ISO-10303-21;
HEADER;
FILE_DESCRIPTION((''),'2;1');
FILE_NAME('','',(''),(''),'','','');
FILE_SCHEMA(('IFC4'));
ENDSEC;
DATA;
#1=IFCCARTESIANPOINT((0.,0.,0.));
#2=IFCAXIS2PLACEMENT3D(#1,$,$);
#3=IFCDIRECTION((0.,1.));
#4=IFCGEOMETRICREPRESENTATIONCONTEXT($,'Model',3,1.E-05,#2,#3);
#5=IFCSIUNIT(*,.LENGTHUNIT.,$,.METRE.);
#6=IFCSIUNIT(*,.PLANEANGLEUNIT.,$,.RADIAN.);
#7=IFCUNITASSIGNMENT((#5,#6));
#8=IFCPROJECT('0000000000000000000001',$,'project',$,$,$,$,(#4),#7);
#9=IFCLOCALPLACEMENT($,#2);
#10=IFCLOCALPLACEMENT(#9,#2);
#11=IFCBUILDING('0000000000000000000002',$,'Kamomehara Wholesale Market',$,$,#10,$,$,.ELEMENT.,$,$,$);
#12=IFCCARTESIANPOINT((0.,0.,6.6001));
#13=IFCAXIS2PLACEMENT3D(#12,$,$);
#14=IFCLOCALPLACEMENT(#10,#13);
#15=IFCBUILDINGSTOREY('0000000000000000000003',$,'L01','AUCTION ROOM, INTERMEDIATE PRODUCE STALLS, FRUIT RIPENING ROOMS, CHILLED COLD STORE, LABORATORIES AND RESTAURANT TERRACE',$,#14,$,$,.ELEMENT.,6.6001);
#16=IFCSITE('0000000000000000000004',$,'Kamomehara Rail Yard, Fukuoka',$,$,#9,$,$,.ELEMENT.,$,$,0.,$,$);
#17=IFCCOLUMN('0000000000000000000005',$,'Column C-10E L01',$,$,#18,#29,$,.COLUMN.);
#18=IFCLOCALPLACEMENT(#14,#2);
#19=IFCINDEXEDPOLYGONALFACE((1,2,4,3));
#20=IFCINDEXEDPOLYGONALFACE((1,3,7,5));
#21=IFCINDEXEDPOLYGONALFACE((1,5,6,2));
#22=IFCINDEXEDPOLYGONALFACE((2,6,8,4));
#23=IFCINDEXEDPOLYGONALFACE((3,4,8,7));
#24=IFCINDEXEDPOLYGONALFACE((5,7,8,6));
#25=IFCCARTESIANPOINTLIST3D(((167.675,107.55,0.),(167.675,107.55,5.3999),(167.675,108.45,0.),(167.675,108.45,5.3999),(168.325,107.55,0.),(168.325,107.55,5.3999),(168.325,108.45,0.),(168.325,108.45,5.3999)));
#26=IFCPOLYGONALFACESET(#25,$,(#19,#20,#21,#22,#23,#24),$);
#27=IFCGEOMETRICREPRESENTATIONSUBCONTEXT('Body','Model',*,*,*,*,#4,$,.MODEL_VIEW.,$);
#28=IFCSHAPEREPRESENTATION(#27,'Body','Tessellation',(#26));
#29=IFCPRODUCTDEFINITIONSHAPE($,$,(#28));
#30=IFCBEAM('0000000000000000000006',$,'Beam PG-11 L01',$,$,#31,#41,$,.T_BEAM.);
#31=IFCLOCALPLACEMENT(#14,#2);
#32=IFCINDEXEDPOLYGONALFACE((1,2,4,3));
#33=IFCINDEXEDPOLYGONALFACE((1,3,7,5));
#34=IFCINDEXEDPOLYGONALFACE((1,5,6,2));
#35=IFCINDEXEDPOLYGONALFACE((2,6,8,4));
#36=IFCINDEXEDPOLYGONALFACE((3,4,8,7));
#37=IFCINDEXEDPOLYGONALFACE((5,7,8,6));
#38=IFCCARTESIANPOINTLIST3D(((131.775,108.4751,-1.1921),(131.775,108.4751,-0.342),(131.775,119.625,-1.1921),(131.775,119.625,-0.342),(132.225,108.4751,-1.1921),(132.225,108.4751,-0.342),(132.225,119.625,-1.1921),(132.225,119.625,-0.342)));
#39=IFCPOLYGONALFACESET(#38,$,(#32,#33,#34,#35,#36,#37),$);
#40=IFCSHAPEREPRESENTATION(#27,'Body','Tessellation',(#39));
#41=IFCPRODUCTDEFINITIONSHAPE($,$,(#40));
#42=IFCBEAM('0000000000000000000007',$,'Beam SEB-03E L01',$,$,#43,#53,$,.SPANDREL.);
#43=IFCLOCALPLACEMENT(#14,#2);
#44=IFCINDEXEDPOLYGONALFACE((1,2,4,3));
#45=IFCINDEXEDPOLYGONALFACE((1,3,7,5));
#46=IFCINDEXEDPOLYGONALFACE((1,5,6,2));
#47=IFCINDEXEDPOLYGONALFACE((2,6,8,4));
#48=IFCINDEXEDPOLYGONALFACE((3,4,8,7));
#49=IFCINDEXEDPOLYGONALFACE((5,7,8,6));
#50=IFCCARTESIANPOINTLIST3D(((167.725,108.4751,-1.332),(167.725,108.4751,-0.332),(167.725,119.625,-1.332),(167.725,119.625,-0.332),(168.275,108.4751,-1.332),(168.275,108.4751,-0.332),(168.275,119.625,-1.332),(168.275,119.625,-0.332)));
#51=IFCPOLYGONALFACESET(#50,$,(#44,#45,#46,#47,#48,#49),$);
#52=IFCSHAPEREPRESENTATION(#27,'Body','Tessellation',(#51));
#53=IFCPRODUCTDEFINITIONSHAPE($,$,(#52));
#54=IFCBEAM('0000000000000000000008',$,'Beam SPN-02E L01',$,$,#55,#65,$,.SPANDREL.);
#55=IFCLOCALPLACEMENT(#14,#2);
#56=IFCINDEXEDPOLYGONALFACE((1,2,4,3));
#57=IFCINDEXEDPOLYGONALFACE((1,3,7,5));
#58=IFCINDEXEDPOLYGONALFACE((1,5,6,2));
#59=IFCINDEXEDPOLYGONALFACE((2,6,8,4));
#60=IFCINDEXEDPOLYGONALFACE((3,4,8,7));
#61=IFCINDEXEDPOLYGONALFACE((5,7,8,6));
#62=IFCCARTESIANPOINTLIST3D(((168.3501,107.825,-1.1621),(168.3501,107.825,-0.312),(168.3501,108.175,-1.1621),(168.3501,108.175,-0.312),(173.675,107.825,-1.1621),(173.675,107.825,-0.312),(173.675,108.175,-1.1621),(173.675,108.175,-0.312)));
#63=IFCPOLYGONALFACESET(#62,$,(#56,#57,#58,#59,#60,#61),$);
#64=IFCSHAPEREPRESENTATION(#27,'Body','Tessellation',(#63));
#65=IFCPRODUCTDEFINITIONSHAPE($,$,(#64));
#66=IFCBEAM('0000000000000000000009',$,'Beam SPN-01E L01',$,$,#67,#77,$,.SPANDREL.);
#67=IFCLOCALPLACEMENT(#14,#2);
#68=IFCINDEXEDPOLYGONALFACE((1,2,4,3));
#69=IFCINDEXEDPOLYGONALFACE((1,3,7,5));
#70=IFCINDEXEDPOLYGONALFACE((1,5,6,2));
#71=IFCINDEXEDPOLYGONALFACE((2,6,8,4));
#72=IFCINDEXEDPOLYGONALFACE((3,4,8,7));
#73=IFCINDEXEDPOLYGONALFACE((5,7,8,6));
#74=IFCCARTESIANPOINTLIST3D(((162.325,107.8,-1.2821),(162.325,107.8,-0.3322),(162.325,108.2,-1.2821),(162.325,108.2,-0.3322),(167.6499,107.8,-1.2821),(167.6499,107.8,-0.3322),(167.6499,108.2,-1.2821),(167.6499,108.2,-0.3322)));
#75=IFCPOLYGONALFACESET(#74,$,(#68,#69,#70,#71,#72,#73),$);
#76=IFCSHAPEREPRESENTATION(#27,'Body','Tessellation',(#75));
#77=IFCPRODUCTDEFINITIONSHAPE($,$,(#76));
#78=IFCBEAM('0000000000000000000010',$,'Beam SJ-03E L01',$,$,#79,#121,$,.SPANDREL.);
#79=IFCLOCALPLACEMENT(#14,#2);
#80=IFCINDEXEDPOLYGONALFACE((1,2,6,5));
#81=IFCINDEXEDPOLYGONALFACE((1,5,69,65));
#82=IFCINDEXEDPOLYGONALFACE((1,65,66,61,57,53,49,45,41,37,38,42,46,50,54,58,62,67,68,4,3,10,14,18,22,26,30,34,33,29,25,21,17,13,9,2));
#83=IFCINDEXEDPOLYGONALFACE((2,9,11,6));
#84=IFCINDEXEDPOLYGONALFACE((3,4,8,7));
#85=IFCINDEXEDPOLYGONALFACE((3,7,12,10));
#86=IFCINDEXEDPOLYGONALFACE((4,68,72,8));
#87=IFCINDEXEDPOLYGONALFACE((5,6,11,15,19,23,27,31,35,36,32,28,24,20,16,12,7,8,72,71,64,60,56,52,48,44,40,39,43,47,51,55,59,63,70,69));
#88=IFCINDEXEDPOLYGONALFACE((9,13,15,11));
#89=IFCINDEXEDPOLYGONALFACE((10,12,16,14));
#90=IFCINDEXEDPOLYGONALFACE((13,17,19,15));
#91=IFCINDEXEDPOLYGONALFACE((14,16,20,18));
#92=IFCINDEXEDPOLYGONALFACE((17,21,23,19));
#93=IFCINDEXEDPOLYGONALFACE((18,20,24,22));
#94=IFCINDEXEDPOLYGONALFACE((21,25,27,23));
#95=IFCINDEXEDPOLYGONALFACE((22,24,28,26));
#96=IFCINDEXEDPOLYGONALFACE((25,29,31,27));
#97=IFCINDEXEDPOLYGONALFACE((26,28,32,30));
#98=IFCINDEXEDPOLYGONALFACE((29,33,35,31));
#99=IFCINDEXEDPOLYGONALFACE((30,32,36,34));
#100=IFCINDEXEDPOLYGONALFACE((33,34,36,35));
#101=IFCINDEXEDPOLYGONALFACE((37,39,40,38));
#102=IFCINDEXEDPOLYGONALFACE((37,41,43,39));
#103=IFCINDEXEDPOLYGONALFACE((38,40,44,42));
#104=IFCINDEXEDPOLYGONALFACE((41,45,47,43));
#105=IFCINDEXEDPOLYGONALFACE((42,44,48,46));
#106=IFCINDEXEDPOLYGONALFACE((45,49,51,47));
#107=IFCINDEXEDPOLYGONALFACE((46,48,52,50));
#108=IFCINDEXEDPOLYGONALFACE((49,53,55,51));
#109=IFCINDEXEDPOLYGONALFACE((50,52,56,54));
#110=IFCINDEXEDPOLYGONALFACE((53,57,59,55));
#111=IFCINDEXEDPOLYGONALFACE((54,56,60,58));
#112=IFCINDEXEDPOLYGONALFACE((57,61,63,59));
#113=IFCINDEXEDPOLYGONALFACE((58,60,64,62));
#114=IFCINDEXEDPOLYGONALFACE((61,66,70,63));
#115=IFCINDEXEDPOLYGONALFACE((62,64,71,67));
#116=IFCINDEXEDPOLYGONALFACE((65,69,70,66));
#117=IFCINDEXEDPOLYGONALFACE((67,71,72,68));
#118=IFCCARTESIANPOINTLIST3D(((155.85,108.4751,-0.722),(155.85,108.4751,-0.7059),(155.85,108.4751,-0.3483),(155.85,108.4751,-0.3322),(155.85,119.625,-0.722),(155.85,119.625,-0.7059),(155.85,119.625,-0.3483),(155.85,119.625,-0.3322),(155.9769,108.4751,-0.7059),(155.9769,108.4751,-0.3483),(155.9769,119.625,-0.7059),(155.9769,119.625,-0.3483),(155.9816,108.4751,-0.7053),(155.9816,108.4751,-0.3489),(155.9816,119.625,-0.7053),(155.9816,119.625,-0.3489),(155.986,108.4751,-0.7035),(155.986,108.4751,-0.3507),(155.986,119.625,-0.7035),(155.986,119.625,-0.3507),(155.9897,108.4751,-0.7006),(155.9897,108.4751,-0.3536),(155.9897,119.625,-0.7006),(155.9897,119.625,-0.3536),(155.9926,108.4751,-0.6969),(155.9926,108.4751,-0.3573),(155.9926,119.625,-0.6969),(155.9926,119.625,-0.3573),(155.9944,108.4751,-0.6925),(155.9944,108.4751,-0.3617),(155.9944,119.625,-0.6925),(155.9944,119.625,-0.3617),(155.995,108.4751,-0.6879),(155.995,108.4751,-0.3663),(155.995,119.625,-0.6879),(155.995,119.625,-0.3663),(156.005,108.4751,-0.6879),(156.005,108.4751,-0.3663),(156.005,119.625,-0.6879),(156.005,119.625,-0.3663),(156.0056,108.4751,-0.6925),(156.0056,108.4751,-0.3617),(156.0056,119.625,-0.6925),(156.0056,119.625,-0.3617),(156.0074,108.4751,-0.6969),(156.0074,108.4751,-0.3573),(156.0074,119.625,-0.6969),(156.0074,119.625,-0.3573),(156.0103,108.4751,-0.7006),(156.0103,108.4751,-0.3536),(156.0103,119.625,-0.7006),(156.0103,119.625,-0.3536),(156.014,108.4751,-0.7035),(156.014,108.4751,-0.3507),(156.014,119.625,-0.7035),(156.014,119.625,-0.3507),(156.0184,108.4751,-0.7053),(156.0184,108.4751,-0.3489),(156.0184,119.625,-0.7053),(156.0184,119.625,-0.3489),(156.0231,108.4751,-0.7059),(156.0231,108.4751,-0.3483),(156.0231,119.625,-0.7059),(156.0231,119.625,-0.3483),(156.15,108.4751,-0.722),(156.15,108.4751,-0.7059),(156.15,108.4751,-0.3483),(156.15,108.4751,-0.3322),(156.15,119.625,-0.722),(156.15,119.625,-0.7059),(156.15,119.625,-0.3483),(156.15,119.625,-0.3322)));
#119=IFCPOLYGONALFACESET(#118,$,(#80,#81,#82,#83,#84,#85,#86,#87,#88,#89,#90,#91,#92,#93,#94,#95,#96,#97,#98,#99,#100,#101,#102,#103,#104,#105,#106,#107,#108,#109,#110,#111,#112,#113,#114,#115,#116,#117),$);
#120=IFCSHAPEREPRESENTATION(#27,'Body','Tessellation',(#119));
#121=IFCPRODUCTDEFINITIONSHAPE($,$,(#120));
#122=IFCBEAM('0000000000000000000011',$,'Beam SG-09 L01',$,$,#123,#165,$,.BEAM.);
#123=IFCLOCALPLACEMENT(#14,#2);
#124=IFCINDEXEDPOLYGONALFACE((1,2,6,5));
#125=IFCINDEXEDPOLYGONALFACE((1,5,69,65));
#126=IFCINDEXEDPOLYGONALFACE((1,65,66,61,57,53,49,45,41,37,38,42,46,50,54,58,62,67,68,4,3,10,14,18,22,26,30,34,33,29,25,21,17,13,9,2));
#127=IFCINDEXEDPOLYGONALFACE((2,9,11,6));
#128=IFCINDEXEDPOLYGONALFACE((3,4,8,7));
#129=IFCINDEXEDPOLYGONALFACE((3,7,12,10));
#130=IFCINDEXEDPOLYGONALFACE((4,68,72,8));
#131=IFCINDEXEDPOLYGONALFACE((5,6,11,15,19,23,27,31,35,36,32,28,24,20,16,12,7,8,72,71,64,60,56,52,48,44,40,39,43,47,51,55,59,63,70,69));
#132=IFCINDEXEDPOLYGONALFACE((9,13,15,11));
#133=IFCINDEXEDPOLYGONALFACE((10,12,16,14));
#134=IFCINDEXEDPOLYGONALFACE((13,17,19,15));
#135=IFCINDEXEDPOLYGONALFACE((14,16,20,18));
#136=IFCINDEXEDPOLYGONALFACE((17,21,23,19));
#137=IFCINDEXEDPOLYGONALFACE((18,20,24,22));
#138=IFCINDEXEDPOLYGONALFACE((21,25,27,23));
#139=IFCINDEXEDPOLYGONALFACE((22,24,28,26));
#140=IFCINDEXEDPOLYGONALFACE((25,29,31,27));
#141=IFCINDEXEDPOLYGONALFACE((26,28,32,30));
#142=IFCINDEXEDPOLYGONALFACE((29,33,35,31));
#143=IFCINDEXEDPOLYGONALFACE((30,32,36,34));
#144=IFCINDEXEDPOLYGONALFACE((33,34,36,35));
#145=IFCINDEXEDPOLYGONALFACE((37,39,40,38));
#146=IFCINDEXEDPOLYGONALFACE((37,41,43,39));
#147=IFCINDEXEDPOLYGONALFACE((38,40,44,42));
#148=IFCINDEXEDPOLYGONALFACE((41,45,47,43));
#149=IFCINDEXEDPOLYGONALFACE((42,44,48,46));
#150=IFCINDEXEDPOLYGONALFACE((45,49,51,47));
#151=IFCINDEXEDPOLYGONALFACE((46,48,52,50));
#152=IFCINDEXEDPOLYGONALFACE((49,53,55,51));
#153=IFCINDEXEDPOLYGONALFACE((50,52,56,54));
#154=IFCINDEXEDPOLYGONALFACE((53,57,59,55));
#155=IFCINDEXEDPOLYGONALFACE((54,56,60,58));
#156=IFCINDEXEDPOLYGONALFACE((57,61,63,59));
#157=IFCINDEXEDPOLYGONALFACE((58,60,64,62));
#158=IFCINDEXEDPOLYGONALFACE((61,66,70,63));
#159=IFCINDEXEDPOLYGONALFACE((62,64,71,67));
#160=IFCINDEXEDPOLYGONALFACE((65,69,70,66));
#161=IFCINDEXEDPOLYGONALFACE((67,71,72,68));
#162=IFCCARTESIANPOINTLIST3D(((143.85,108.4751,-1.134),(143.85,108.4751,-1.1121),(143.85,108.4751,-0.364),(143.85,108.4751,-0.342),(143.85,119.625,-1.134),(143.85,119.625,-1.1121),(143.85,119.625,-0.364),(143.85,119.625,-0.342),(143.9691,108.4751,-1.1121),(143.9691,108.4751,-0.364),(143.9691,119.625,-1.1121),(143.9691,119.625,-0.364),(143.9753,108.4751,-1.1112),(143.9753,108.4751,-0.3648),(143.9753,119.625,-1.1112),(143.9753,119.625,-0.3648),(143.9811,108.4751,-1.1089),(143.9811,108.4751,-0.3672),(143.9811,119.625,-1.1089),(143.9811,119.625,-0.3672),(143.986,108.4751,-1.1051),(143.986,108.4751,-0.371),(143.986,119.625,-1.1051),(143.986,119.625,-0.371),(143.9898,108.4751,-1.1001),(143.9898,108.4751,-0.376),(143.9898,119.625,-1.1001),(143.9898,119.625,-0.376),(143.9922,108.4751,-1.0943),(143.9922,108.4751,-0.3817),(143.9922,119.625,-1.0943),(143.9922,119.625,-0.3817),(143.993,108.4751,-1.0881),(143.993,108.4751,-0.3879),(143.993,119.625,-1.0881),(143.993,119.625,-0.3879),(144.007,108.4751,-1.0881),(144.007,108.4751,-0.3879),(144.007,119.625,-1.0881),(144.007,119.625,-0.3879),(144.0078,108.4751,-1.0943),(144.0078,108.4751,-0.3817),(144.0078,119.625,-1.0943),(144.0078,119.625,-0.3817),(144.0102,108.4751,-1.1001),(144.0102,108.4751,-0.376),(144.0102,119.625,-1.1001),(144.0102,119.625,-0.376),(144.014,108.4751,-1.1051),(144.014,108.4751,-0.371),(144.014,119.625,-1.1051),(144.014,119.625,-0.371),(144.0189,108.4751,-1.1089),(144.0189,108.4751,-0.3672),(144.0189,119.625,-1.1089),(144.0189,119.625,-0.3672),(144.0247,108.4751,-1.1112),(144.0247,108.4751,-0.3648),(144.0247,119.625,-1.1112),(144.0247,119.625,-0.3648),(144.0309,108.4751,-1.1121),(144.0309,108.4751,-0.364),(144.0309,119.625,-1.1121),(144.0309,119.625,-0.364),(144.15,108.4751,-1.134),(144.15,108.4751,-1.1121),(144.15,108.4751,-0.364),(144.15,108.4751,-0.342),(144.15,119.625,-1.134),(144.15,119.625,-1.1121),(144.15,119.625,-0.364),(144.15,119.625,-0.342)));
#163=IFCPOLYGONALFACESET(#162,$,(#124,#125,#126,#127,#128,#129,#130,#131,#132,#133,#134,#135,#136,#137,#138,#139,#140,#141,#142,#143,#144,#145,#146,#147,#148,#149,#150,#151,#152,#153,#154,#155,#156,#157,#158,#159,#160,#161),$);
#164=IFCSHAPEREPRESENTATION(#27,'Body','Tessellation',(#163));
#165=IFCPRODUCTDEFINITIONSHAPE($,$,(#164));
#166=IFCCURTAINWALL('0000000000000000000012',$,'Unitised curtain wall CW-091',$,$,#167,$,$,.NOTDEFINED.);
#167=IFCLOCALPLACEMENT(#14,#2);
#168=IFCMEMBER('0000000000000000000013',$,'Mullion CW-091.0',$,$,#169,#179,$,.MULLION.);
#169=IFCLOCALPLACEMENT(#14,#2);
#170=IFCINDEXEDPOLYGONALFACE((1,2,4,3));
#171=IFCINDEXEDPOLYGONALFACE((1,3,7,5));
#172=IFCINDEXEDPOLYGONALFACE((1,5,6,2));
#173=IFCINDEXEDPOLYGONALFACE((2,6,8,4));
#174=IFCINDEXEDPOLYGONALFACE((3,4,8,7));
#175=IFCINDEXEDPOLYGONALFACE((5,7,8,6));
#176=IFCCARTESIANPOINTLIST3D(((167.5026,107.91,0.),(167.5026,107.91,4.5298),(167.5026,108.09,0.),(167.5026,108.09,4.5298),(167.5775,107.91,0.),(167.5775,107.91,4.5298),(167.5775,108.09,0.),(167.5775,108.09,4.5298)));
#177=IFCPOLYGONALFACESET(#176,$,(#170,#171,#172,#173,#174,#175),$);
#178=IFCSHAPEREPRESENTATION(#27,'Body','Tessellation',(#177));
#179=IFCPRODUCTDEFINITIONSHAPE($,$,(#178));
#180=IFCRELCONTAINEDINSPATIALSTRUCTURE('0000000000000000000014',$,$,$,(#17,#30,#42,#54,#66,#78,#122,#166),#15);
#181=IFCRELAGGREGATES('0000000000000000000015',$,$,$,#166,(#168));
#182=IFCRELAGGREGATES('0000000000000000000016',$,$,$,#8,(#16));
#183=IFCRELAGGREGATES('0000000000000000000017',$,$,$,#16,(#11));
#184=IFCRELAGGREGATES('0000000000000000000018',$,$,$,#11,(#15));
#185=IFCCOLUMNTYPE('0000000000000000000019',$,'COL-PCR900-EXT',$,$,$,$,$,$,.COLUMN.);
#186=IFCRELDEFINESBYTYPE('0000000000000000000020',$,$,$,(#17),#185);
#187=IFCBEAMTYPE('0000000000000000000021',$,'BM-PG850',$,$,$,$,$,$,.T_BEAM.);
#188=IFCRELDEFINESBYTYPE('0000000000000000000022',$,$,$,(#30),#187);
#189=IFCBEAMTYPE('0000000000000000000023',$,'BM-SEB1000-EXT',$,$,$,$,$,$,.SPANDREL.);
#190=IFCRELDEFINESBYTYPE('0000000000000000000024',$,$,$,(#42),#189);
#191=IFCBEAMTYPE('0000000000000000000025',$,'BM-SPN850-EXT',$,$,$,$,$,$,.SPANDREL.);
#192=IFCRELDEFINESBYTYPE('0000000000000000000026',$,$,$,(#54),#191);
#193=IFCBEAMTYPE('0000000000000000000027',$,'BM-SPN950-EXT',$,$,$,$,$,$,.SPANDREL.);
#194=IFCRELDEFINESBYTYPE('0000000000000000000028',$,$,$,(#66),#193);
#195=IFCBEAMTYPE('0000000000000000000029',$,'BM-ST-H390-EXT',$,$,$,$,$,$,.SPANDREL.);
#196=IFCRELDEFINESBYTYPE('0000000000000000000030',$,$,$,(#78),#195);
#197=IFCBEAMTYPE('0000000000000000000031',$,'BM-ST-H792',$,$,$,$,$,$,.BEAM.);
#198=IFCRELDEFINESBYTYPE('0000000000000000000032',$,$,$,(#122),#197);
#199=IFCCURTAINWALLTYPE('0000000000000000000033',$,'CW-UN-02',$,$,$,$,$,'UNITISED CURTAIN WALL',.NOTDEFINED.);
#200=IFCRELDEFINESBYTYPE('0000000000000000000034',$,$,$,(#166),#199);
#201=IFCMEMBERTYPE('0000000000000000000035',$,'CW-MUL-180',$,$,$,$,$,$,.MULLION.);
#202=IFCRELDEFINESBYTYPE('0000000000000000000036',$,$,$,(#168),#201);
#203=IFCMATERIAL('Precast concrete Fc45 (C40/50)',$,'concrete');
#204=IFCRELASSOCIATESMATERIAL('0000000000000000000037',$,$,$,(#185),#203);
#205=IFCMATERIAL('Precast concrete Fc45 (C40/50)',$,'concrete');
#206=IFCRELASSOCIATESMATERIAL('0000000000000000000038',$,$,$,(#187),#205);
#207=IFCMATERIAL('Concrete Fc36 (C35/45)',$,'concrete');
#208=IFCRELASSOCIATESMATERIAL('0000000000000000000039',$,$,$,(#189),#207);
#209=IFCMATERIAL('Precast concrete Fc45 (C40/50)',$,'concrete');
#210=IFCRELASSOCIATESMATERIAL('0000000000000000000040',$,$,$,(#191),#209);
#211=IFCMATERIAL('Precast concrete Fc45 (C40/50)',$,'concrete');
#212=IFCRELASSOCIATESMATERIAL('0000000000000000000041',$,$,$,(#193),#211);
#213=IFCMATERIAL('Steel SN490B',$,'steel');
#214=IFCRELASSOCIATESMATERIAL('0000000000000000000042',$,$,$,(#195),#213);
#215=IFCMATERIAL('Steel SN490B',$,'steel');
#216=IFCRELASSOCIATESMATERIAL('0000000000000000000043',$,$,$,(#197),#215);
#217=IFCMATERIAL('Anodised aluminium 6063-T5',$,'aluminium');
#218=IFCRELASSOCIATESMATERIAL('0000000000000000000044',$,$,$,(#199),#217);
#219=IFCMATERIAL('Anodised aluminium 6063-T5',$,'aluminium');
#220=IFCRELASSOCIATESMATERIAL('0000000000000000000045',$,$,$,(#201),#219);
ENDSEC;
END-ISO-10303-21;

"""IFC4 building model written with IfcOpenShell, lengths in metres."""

from ifc_helpers import new_model, si_unit, direction, frame, origin, origin_2d, place, context, subcontext, project, spatial, rectangle, i_section, extrude, material, material_profile, profile_set, type_object, element, aggregate, save


model = new_model("IFC4")

# Units and contexts
model_context = context("Model", 3, precision=1e-05, world=origin(), true_north=direction((0.0, 1.0)))
body_context = subcontext(model_context, "Body", "Model", "MODEL_VIEW")
ifc_project = project(units=[si_unit("LENGTHUNIT", "METRE"), si_unit("PLANEANGLEUNIT", "RADIAN")], contexts=[model_context])

# Site, building, storey
site_placement = place(None, origin())
site = spatial("IfcSite", under=ifc_project, at=site_placement, Name="Kamomehara Rail Yard, Fukuoka", CompositionType="ELEMENT", RefElevation=0.0)
building_placement = place(site_placement, origin())
building = spatial("IfcBuilding", under=site, at=building_placement, Name="Kamomehara Wholesale Market", CompositionType="ELEMENT")
storey_placement = place(building_placement, frame((0.0, 0.0, 6.6001)))
storey = spatial("IfcBuildingStorey", under=building, at=storey_placement, Name="L01", Description="AUCTION ROOM, INTERMEDIATE PRODUCE STALLS, FRUIT RIPENING ROOMS, CHILLED COLD STORE, LABORATORIES AND RESTAURANT TERRACE", CompositionType="ELEMENT", Elevation=6.6001)

# Column
ifc_material_1 = material(Name="Precast concrete Fc45 (C40/50)", Category="concrete")
ifc_material_profile_1 = material_profile(ifc_material_1, rectangle(XDim=0.6499, YDim=0.8999, at=origin_2d()), Name="PC-COL-650x900")
ifc_profile_set_1 = profile_set([ifc_material_profile_1], Name="Precast concrete Fc45 (C40/50)")
column_type = type_object("IfcColumnType", Name="COL-PCR900-EXT", PredefinedType="COLUMN", material=ifc_profile_set_1)
column_placement = place(storey_placement, frame((168.0, 108.0, 0.0), z_axis=(0.0, 0.0, 1.0), x_axis=(1.0, 0.0, 0.0)))
element("IfcColumn", 1, at=column_placement, inside=storey, type_object=column_type, Name="Column C-10E L01", PredefinedType="COLUMN", context=body_context, shape_type="SweptSolid", body=[
    extrude(rectangle(XDim=0.6499, YDim=0.8999, at=origin_2d()), origin(), (0.0, 0.0, 1.0), 5.3999),
])

# Beams
ifc_material_2 = material(Name="Precast concrete Fc45 (C40/50)", Category="concrete")
ifc_material_profile_2 = material_profile(ifc_material_2, rectangle(XDim=0.45, YDim=0.8501, at=origin_2d()), Name="PC-GRD-450x850")
ifc_profile_set_2 = profile_set([ifc_material_profile_2], Name="Precast concrete Fc45 (C40/50)")
beam_type_1 = type_object("IfcBeamType", Name="BM-PG850", PredefinedType="T_BEAM", material=ifc_profile_set_2)
beam_1_placement = place(storey_placement, frame((132.0, 108.4751, -0.7671), z_axis=(0.0, 1.0, 0.0), x_axis=(-1.0, 0.0, 0.0)))
element("IfcBeam", 2, at=beam_1_placement, inside=storey, type_object=beam_type_1, Name="Beam PG-11 L01", PredefinedType="T_BEAM", context=body_context, shape_type="SweptSolid", body=[
    extrude(rectangle(XDim=0.45, YDim=0.8501, at=origin_2d()), origin(), (0.0, 0.0, 1.0), 11.1499),
])
ifc_material_3 = material(Name="Concrete Fc36 (C35/45)", Category="concrete")
ifc_material_profile_3 = material_profile(ifc_material_3, rectangle(XDim=0.55, YDim=1.0, at=origin_2d()), Name="RC-SEB-550x1000")
ifc_profile_set_3 = profile_set([ifc_material_profile_3], Name="Concrete Fc36 (C35/45)")
beam_type_2 = type_object("IfcBeamType", Name="BM-SEB1000-EXT", PredefinedType="SPANDREL", material=ifc_profile_set_3)
beam_2_placement = place(storey_placement, frame((168.0, 108.4751, -0.832), z_axis=(0.0, 1.0, 0.0), x_axis=(-1.0, 0.0, 0.0)))
element("IfcBeam", 3, at=beam_2_placement, inside=storey, type_object=beam_type_2, Name="Beam SEB-03E L01", PredefinedType="SPANDREL", context=body_context, shape_type="SweptSolid", body=[
    extrude(rectangle(XDim=0.55, YDim=1.0, at=origin_2d()), origin(), (0.0, 0.0, 1.0), 11.1499),
])
ifc_material_4 = material(Name="Precast concrete Fc45 (C40/50)", Category="concrete")
ifc_material_profile_4 = material_profile(ifc_material_4, rectangle(XDim=0.3501, YDim=0.8501, at=origin_2d()), Name="PC-SPN-350x850")
ifc_profile_set_4 = profile_set([ifc_material_profile_4], Name="Precast concrete Fc45 (C40/50)")
beam_type_3 = type_object("IfcBeamType", Name="BM-SPN850-EXT", PredefinedType="SPANDREL", material=ifc_profile_set_4)
beam_3_placement = place(storey_placement, frame((168.3501, 108.0, -0.7371), z_axis=(1.0, 0.0, 0.0), x_axis=(0.0, 1.0, 0.0)))
element("IfcBeam", 4, at=beam_3_placement, inside=storey, type_object=beam_type_3, Name="Beam SPN-02E L01", PredefinedType="SPANDREL", context=body_context, shape_type="SweptSolid", body=[
    extrude(rectangle(XDim=0.3501, YDim=0.8501, at=origin_2d()), origin(), (0.0, 0.0, 1.0), 5.325),
])
ifc_material_5 = material(Name="Precast concrete Fc45 (C40/50)", Category="concrete")
ifc_material_profile_5 = material_profile(ifc_material_5, rectangle(XDim=0.3999, YDim=0.95, at=origin_2d()), Name="PC-SPN-400x950")
ifc_profile_set_5 = profile_set([ifc_material_profile_5], Name="Precast concrete Fc45 (C40/50)")
beam_type_4 = type_object("IfcBeamType", Name="BM-SPN950-EXT", PredefinedType="SPANDREL", material=ifc_profile_set_5)
beam_4_placement = place(storey_placement, frame((162.325, 108.0, -0.8071), z_axis=(1.0, 0.0, 0.0), x_axis=(0.0, 1.0, 0.0)))
element("IfcBeam", 5, at=beam_4_placement, inside=storey, type_object=beam_type_4, Name="Beam SPN-01E L01", PredefinedType="SPANDREL", context=body_context, shape_type="SweptSolid", body=[
    extrude(rectangle(XDim=0.3999, YDim=0.95, at=origin_2d()), origin(), (0.0, 0.0, 1.0), 5.325),
])
ifc_material_6 = material(Name="Steel SN490B", Category="steel")
ifc_material_profile_6 = material_profile(ifc_material_6, i_section(OverallWidth=0.3, OverallDepth=0.3899, WebThickness=0.01, FlangeThickness=0.0161, FilletRadius=0.0181, at=origin_2d()), Name="H-390x300x10x16")
ifc_profile_set_6 = profile_set([ifc_material_profile_6], Name="Steel SN490B")
beam_type_5 = type_object("IfcBeamType", Name="BM-ST-H390-EXT", PredefinedType="SPANDREL", material=ifc_profile_set_6)
beam_5_placement = place(storey_placement, frame((156.0, 108.4751, -0.5271), z_axis=(0.0, 1.0, 0.0), x_axis=(-1.0, 0.0, 0.0)))
element("IfcBeam", 6, at=beam_5_placement, inside=storey, type_object=beam_type_5, Name="Beam SJ-03E L01", PredefinedType="SPANDREL", context=body_context, shape_type="SweptSolid", body=[
    extrude(i_section(OverallWidth=0.3, OverallDepth=0.3899, WebThickness=0.01, FlangeThickness=0.0161, FilletRadius=0.0181, at=origin_2d()), origin(), (0.0, 0.0, 1.0), 11.1499),
])
ifc_material_7 = material(Name="Steel SN490B", Category="steel")
ifc_material_profile_7 = material_profile(ifc_material_7, i_section(OverallWidth=0.3, OverallDepth=0.792, WebThickness=0.0139, FlangeThickness=0.022, FilletRadius=0.0239, at=origin_2d()), Name="H-792x300x14x22")
ifc_profile_set_7 = profile_set([ifc_material_profile_7], Name="Steel SN490B")
beam_type_6 = type_object("IfcBeamType", Name="BM-ST-H792", PredefinedType="BEAM", material=ifc_profile_set_7)
beam_6_placement = place(storey_placement, frame((144.0, 108.4751, -0.738), z_axis=(0.0, 1.0, 0.0), x_axis=(-1.0, 0.0, 0.0)))
element("IfcBeam", 7, at=beam_6_placement, inside=storey, type_object=beam_type_6, Name="Beam SG-09 L01", PredefinedType="BEAM", context=body_context, shape_type="SweptSolid", body=[
    extrude(i_section(OverallWidth=0.3, OverallDepth=0.792, WebThickness=0.0139, FlangeThickness=0.022, FilletRadius=0.0239, at=origin_2d()), origin(), (0.0, 0.0, 1.0), 11.1499),
])

# Curtain wall, member
ifc_material_8 = material(Name="Anodised aluminium 6063-T5", Category="aluminium")
curtain_wall_type = type_object("IfcCurtainWallType", Name="CW-UN-02", ElementType="UNITISED CURTAIN WALL", PredefinedType="NOTDEFINED", material=ifc_material_8)
curtain_wall_1_placement = place(storey_placement, origin())
curtain_wall_1 = element("IfcCurtainWall", 8, at=curtain_wall_1_placement, inside=storey, type_object=curtain_wall_type, Name="Unitised curtain wall CW-091", PredefinedType="NOTDEFINED")
ifc_material_9 = material(Name="Anodised aluminium 6063-T5", Category="aluminium")
ifc_material_profile_8 = material_profile(ifc_material_9, rectangle(XDim=0.075, YDim=0.1799, at=origin_2d()), Name="ALU-MUL-75x180")
ifc_profile_set_8 = profile_set([ifc_material_profile_8], Name="Anodised aluminium 6063-T5")
member_type_1 = type_object("IfcMemberType", Name="CW-MUL-180", PredefinedType="MULLION", material=ifc_profile_set_8)
member_1_placement = place(storey_placement, frame((167.54, 108.0, 0.0), z_axis=(0.0, 0.0, 1.0), x_axis=(-1.0, 0.0, 0.0)))
member_1 = element("IfcMember", 9, at=member_1_placement, type_object=member_type_1, Name="Mullion CW-091.0", PredefinedType="MULLION", context=body_context, shape_type="SweptSolid", body=[
    extrude(rectangle(XDim=0.075, YDim=0.1799, at=origin_2d()), origin(), (0.0, 0.0, 1.0), 4.5298),
])

aggregate(curtain_wall_1, [member_1])

save(model, "model.ifc")
